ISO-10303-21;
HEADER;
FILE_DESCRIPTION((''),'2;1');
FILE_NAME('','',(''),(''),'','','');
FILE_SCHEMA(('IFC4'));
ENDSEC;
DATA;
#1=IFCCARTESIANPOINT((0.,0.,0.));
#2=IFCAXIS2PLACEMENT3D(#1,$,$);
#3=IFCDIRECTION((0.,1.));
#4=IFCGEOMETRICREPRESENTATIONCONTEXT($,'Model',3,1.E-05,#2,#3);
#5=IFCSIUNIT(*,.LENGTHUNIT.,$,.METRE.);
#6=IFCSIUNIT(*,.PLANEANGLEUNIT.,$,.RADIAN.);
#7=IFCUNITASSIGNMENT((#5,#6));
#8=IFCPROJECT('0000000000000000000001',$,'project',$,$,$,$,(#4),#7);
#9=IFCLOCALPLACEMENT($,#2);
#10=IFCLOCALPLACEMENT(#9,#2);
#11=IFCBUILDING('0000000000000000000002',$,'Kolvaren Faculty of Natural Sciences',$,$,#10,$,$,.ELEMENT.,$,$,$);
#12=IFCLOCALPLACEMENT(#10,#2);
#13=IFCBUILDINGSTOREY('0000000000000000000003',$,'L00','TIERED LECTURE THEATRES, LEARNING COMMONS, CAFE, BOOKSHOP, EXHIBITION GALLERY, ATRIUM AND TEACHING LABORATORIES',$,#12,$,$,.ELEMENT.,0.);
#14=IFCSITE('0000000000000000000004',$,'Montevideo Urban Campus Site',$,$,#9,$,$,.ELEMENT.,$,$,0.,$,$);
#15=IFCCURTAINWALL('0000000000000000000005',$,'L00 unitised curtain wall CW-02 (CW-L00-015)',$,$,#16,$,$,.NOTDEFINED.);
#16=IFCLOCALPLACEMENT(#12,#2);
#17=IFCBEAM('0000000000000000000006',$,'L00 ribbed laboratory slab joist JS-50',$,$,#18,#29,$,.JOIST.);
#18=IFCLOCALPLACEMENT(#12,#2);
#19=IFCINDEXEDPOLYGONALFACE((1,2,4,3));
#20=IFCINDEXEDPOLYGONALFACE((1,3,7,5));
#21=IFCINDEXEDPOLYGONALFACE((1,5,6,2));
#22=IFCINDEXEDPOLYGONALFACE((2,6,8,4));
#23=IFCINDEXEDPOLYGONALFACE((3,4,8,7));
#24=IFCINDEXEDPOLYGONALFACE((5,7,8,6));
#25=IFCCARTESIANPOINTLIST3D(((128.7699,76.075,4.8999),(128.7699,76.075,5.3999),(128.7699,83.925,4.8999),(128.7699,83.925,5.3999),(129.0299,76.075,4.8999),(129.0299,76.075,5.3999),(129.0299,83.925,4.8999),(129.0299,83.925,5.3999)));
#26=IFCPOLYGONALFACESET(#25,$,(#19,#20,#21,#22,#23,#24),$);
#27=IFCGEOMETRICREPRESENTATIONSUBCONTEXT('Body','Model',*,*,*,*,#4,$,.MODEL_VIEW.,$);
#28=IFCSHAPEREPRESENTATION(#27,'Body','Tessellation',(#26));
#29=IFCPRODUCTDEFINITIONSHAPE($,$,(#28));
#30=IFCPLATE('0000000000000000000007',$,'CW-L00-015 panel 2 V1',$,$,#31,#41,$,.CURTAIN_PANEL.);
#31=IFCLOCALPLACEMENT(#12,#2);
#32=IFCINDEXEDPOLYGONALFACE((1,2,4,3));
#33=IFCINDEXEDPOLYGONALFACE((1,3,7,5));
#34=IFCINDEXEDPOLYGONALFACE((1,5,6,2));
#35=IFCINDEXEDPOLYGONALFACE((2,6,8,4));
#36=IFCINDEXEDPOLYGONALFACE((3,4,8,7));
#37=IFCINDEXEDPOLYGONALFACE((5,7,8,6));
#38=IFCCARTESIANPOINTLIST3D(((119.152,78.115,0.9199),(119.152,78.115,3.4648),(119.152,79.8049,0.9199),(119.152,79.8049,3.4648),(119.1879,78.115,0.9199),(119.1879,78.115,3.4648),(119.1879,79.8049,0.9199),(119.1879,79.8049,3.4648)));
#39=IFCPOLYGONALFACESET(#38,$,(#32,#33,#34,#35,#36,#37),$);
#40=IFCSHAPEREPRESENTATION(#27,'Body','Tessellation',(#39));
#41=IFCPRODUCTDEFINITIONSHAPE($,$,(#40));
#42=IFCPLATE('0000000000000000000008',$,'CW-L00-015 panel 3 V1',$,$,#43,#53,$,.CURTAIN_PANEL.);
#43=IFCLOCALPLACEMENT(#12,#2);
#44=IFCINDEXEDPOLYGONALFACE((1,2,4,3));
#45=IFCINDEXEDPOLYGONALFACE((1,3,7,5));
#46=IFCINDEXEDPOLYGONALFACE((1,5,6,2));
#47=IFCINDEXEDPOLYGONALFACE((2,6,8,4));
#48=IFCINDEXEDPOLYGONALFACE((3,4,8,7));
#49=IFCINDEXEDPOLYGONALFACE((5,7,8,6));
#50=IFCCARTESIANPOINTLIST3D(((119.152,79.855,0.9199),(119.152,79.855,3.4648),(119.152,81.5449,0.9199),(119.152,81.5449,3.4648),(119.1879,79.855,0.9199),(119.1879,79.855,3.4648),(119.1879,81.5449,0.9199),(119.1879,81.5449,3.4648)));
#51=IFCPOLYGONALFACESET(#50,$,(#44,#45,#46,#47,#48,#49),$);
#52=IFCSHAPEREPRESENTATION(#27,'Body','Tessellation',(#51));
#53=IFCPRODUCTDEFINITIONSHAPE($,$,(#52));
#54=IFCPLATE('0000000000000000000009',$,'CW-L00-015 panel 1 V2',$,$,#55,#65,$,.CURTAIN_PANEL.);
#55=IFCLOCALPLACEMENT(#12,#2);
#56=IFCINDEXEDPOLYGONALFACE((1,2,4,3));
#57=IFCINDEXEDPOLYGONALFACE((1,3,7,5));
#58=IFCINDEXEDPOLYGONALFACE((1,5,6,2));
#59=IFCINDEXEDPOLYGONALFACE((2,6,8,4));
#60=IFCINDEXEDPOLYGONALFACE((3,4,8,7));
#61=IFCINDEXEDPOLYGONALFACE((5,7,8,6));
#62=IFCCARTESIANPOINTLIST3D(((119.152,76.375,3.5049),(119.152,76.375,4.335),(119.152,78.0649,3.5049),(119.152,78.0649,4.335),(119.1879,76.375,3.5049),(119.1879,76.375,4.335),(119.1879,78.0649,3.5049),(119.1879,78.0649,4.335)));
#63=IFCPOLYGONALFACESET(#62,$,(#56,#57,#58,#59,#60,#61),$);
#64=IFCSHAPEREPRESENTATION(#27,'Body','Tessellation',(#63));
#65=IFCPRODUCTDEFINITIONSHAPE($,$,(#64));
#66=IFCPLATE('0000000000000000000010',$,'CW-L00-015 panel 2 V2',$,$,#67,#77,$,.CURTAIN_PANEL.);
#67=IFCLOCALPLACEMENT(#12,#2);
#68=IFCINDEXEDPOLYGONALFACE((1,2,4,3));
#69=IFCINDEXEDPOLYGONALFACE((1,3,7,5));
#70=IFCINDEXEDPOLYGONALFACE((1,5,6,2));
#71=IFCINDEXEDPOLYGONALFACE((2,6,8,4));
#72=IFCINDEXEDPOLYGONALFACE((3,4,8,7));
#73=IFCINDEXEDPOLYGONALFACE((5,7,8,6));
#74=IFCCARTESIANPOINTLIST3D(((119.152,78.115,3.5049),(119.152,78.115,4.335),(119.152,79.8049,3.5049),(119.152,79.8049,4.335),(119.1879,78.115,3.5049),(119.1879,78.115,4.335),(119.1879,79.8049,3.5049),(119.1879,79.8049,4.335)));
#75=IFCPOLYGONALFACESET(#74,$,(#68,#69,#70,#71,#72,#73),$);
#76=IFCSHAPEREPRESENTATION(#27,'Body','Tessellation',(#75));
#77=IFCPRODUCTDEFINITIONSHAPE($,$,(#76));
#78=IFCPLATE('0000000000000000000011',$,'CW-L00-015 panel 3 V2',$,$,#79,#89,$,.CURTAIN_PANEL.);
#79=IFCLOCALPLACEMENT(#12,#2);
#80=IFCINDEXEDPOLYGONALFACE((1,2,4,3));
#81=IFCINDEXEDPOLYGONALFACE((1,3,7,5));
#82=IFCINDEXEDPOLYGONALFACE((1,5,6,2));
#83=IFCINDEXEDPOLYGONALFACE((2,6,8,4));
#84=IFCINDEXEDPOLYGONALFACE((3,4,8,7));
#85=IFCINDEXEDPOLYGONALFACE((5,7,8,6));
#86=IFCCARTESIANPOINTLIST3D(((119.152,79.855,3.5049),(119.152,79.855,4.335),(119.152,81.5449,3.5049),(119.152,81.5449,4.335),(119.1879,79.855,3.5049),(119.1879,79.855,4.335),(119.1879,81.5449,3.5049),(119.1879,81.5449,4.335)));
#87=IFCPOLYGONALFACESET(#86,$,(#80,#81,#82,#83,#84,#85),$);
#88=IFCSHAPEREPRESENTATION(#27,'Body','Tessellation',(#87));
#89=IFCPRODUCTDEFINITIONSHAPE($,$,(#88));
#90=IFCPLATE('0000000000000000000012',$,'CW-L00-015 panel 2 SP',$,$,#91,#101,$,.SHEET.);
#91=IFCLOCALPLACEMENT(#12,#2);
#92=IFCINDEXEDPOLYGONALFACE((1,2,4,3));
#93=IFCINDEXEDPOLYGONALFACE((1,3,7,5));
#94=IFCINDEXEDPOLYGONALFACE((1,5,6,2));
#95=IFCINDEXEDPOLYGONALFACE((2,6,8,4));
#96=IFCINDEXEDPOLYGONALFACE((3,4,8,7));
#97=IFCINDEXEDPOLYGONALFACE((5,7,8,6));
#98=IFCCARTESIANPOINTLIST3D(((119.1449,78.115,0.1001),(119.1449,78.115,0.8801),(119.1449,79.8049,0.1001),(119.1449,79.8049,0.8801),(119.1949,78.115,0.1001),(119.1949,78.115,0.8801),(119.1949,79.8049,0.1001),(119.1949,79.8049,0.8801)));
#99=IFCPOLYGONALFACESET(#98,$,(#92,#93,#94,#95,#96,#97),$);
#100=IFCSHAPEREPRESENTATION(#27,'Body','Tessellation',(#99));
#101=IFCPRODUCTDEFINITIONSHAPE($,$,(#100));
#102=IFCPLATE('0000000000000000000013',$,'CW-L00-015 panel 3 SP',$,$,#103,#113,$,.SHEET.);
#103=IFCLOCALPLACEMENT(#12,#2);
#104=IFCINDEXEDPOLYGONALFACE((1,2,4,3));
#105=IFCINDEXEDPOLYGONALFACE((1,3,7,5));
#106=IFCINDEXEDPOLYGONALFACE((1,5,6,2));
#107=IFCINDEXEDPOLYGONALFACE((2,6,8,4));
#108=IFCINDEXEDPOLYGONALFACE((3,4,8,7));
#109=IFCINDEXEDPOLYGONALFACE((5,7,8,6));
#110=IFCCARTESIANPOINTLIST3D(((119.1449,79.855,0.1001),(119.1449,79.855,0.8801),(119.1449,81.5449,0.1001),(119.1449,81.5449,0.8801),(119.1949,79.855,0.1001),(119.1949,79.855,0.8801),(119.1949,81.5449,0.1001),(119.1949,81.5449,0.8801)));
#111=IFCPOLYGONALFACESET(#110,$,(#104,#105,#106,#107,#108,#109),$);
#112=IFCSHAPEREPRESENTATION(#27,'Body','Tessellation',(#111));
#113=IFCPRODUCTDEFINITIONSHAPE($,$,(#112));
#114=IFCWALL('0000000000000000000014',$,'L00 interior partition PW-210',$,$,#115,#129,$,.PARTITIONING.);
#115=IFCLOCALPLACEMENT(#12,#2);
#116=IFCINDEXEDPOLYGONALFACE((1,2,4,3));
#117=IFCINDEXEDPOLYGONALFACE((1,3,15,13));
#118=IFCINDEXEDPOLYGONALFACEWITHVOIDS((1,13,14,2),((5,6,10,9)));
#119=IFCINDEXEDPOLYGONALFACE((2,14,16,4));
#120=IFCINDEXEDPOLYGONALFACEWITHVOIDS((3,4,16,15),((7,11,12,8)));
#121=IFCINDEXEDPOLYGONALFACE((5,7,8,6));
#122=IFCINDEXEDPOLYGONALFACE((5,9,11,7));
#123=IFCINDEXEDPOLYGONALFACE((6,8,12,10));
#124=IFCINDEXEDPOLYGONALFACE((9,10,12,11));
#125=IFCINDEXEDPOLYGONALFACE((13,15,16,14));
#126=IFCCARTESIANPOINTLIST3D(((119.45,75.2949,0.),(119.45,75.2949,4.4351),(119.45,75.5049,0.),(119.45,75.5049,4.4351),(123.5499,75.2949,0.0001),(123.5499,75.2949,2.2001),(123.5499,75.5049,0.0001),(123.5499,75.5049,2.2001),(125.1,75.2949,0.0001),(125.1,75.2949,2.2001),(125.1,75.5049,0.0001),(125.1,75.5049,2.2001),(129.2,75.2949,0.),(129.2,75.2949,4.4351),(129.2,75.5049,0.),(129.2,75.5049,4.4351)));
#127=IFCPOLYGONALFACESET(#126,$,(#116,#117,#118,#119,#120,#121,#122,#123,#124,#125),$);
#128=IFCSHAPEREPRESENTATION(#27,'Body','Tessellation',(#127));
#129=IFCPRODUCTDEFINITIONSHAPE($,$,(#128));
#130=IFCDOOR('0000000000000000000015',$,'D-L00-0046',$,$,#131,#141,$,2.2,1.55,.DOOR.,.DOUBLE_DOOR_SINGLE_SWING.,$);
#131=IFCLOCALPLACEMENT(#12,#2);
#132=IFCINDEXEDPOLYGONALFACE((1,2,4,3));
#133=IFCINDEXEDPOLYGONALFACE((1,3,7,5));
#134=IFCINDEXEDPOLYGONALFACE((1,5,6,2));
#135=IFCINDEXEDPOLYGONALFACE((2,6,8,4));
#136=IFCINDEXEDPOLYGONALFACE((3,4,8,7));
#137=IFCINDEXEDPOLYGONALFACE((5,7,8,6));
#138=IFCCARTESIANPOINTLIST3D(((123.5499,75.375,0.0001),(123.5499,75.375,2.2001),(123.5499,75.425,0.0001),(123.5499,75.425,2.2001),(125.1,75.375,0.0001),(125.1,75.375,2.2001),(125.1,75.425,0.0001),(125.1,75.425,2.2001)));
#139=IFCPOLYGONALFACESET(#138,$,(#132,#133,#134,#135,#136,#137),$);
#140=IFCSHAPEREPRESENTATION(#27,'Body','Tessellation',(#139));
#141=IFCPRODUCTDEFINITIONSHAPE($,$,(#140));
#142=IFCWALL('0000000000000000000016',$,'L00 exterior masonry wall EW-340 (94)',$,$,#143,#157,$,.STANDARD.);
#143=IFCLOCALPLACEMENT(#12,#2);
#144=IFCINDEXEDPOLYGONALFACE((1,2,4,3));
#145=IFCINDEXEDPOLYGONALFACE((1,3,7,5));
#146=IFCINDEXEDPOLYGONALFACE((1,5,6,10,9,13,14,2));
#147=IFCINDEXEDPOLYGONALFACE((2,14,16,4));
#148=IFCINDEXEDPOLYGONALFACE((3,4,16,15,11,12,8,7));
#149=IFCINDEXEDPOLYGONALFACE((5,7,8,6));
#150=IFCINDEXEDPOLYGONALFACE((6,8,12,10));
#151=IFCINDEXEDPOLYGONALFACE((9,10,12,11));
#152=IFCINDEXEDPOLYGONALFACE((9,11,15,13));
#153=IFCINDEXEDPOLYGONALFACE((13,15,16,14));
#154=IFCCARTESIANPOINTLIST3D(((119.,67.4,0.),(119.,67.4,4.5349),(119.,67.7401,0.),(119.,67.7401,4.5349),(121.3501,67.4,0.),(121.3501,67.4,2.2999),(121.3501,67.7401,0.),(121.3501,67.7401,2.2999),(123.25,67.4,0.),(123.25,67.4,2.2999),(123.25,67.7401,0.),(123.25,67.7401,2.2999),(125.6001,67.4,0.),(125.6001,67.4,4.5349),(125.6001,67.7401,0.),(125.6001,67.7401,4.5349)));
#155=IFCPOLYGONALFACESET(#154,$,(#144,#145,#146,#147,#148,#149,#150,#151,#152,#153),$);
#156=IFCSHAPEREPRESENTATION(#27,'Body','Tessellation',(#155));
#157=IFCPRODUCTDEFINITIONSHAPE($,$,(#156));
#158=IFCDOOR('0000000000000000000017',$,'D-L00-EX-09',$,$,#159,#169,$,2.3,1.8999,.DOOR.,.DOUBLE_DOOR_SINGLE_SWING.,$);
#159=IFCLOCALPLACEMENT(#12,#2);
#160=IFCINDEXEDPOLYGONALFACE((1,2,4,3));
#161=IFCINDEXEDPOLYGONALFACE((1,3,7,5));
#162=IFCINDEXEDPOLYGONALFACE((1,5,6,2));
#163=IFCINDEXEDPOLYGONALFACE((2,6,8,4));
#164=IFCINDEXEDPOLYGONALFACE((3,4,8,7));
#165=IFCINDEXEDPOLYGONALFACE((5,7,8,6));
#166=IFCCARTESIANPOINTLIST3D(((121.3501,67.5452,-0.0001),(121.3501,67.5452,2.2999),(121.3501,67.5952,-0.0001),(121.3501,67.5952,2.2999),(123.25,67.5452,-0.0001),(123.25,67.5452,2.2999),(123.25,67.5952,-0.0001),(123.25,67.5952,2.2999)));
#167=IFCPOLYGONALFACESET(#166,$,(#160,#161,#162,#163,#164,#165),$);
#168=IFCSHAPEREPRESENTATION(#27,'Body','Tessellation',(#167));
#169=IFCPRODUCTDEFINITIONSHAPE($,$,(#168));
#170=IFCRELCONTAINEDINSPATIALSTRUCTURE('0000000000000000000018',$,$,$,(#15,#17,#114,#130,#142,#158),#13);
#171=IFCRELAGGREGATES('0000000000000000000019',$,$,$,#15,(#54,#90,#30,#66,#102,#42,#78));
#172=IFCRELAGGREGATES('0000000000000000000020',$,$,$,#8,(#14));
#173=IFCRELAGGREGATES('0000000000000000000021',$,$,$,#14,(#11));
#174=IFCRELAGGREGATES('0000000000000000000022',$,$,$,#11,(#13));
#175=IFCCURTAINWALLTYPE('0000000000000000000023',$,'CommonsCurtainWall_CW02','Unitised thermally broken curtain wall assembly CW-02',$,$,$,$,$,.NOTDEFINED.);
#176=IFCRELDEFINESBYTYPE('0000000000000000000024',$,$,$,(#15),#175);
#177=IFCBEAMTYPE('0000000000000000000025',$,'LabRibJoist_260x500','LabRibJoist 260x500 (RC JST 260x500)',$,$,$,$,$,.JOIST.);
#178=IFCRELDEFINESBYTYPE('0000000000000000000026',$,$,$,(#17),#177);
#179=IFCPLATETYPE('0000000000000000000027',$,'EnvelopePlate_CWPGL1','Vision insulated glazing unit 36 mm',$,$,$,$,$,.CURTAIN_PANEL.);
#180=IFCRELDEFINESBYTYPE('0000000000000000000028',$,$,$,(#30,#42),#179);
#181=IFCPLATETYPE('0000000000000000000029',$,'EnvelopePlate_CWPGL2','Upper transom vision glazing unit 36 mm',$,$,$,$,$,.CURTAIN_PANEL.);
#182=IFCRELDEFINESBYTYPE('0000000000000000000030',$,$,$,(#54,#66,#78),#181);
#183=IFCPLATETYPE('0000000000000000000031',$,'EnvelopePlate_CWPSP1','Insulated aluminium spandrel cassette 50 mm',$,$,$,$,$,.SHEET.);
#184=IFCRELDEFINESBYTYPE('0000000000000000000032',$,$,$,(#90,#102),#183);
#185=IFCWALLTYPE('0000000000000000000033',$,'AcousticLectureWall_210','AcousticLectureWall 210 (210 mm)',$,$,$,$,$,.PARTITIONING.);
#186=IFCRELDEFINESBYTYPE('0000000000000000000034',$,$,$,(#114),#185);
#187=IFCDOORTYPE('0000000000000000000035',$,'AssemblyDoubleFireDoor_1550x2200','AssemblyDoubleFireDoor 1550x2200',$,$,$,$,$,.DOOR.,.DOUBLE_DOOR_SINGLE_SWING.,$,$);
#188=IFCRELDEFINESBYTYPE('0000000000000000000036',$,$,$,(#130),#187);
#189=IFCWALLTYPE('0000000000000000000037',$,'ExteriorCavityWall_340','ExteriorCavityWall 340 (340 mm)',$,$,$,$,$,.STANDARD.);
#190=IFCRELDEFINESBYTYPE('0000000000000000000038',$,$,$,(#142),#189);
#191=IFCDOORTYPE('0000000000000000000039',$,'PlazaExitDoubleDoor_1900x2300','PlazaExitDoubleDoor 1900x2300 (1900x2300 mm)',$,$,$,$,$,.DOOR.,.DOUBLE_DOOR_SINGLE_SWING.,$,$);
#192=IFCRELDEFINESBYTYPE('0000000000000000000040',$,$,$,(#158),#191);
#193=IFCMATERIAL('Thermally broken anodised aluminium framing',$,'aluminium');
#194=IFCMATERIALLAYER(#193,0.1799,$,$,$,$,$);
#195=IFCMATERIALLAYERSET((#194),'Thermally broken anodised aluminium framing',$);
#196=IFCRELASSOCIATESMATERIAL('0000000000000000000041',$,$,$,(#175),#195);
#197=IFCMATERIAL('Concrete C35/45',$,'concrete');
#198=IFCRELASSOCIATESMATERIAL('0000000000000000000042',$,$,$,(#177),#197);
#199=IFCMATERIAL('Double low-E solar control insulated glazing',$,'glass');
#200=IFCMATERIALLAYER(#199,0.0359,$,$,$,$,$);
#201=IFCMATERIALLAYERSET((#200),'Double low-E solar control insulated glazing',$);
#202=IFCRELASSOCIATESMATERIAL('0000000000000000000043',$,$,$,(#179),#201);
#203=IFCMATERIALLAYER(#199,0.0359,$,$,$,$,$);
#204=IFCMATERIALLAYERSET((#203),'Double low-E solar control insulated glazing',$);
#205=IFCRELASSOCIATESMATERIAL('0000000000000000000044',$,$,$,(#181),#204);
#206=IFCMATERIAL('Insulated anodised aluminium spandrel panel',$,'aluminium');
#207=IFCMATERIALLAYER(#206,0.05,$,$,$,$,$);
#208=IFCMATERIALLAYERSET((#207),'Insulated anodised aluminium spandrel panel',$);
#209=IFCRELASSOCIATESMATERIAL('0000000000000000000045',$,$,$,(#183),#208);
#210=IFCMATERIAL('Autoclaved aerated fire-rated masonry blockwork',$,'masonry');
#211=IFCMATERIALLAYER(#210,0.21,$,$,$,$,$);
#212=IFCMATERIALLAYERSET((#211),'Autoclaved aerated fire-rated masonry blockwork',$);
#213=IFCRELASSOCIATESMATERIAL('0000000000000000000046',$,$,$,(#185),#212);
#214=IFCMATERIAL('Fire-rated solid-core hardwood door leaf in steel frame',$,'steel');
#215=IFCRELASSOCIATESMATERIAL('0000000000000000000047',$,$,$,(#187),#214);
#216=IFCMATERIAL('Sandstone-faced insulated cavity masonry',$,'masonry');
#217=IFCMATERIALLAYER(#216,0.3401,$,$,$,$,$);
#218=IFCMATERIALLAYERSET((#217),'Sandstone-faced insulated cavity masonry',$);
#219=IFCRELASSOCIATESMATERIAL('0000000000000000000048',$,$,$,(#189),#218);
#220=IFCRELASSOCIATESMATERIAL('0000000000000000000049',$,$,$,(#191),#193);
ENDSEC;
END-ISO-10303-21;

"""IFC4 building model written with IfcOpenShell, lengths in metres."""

from ifc_helpers import new_model, si_unit, direction, frame, frame_2d, origin, origin_2d, place, context, subcontext, project, spatial, rectangle, extrude, material, layer, layer_set, material_profile, profile_set, type_object, element, fill, aggregate, save


model = new_model("IFC4")

# Units and contexts
model_context = context("Model", 3, precision=1e-05, world=origin(), true_north=direction((0.0, 1.0)))
body_context = subcontext(model_context, "Body", "Model", "MODEL_VIEW")
ifc_project = project(units=[si_unit("LENGTHUNIT", "METRE"), si_unit("PLANEANGLEUNIT", "RADIAN")], contexts=[model_context])

# Site, building, storey
site_placement = place(None, origin())
site = spatial("IfcSite", under=ifc_project, at=site_placement, Name="Montevideo Urban Campus Site", CompositionType="ELEMENT", RefElevation=0.0)
building_placement = place(site_placement, origin())
building = spatial("IfcBuilding", under=site, at=building_placement, Name="Kolvaren Faculty of Natural Sciences", CompositionType="ELEMENT")
storey_placement = place(building_placement, origin())
storey = spatial("IfcBuildingStorey", under=building, at=storey_placement, Name="L00", Description="TIERED LECTURE THEATRES, LEARNING COMMONS, CAFE, BOOKSHOP, EXHIBITION GALLERY, ATRIUM AND TEACHING LABORATORIES", CompositionType="ELEMENT", Elevation=0.0)

# Shared definitions
ifc_material_1 = material(Name="Concrete C35/45", Category="concrete")

# Curtain wall
ifc_material_2 = material(Name="Thermally broken anodised aluminium framing", Category="aluminium")
ifc_layer_1 = layer(ifc_material_2, 0.1799)
ifc_layer_set_1 = layer_set([ifc_layer_1], Name="Thermally broken anodised aluminium framing")
curtain_wall_type = type_object("IfcCurtainWallType", Name="CommonsCurtainWall_CW02", Description="Unitised thermally broken curtain wall assembly CW-02", PredefinedType="NOTDEFINED", material=ifc_layer_set_1)
curtain_wall_placement = place(storey_placement, origin())
curtain_wall = element("IfcCurtainWall", 1, at=curtain_wall_placement, inside=storey, type_object=curtain_wall_type, Name="L00 unitised curtain wall CW-02 (CW-L00-015)", PredefinedType="NOTDEFINED")

# Beam
ifc_material_profile_1 = material_profile(ifc_material_1, rectangle(XDim=0.26, YDim=0.5, at=origin_2d()), Name="RC JST 260x500")
ifc_profile_set_1 = profile_set([ifc_material_profile_1], Name="Concrete C35/45")
beam_type_1 = type_object("IfcBeamType", Name="LabRibJoist_260x500", Description="LabRibJoist 260x500 (RC JST 260x500)", PredefinedType="JOIST", material=ifc_profile_set_1)
beam_1_placement = place(storey_placement, frame((128.8999, 76.075, 5.1499), z_axis=(0.0, 1.0, 0.0), x_axis=(-1.0, 0.0, 0.0)))
element("IfcBeam", 2, at=beam_1_placement, inside=storey, type_object=beam_type_1, Name="L00 ribbed laboratory slab joist JS-50", PredefinedType="JOIST", context=body_context, shape_type="SweptSolid", body=[
    extrude(rectangle(XDim=0.26, YDim=0.5, at=origin_2d()), origin(), (0.0, 0.0, 1.0), 7.8501),
])

# Plates
ifc_material_3 = material(Name="Double low-E solar control insulated glazing", Category="glass")
ifc_layer_2 = layer(ifc_material_3, 0.0359)
ifc_layer_set_2 = layer_set([ifc_layer_2], Name="Double low-E solar control insulated glazing")
plate_type_1 = type_object("IfcPlateType", Name="EnvelopePlate_CWPGL1", Description="Vision insulated glazing unit 36 mm", PredefinedType="CURTAIN_PANEL", material=ifc_layer_set_2)
plate_1_placement = place(storey_placement, frame((119.1699, 78.96, 0.9199), z_axis=(0.0, 0.0, 1.0), x_axis=(0.0, 1.0, 0.0)))
plate_1 = element("IfcPlate", 3, at=plate_1_placement, type_object=plate_type_1, Name="CW-L00-015 panel 2 V1", PredefinedType="CURTAIN_PANEL", context=body_context, shape_type="SweptSolid", body=[
    extrude(rectangle(XDim=1.6899, YDim=0.0359, at=origin_2d()), origin(), (0.0, 0.0, 1.0), 2.5449),
])
plate_2_placement = place(storey_placement, frame((119.1699, 80.7, 0.9199), z_axis=(0.0, 0.0, 1.0), x_axis=(0.0, 1.0, 0.0)))
plate_2 = element("IfcPlate", 4, at=plate_2_placement, type_object=plate_type_1, Name="CW-L00-015 panel 3 V1", PredefinedType="CURTAIN_PANEL", context=body_context, shape_type="SweptSolid", body=[
    extrude(rectangle(XDim=1.6899, YDim=0.0359, at=origin_2d()), origin(), (0.0, 0.0, 1.0), 2.5449),
])
ifc_layer_3 = layer(ifc_material_3, 0.0359)
ifc_layer_set_3 = layer_set([ifc_layer_3], Name="Double low-E solar control insulated glazing")
plate_type_2 = type_object("IfcPlateType", Name="EnvelopePlate_CWPGL2", Description="Upper transom vision glazing unit 36 mm", PredefinedType="CURTAIN_PANEL", material=ifc_layer_set_3)
plate_3_placement = place(storey_placement, frame((119.1699, 77.22, 3.5049), z_axis=(0.0, 0.0, 1.0), x_axis=(0.0, 1.0, 0.0)))
plate_3 = element("IfcPlate", 5, at=plate_3_placement, type_object=plate_type_2, Name="CW-L00-015 panel 1 V2", PredefinedType="CURTAIN_PANEL", context=body_context, shape_type="SweptSolid", body=[
    extrude(rectangle(XDim=1.6899, YDim=0.0359, at=origin_2d()), origin(), (0.0, 0.0, 1.0), 0.8301),
])
plate_4_placement = place(storey_placement, frame((119.1699, 78.96, 3.5049), z_axis=(0.0, 0.0, 1.0), x_axis=(0.0, 1.0, 0.0)))
plate_4 = element("IfcPlate", 6, at=plate_4_placement, type_object=plate_type_2, Name="CW-L00-015 panel 2 V2", PredefinedType="CURTAIN_PANEL", context=body_context, shape_type="SweptSolid", body=[
    extrude(rectangle(XDim=1.6899, YDim=0.0359, at=origin_2d()), origin(), (0.0, 0.0, 1.0), 0.8301),
])
plate_5_placement = place(storey_placement, frame((119.1699, 80.7, 3.5049), z_axis=(0.0, 0.0, 1.0), x_axis=(0.0, 1.0, 0.0)))
plate_5 = element("IfcPlate", 7, at=plate_5_placement, type_object=plate_type_2, Name="CW-L00-015 panel 3 V2", PredefinedType="CURTAIN_PANEL", context=body_context, shape_type="SweptSolid", body=[
    extrude(rectangle(XDim=1.6899, YDim=0.0359, at=origin_2d()), origin(), (0.0, 0.0, 1.0), 0.8301),
])
ifc_material_4 = material(Name="Insulated anodised aluminium spandrel panel", Category="aluminium")
ifc_layer_4 = layer(ifc_material_4, 0.05)
ifc_layer_set_4 = layer_set([ifc_layer_4], Name="Insulated anodised aluminium spandrel panel")
plate_type_3 = type_object("IfcPlateType", Name="EnvelopePlate_CWPSP1", Description="Insulated aluminium spandrel cassette 50 mm", PredefinedType="SHEET", material=ifc_layer_set_4)
plate_6_placement = place(storey_placement, frame((119.1699, 78.96, 0.1001), z_axis=(0.0, 0.0, 1.0), x_axis=(0.0, 1.0, 0.0)))
plate_6 = element("IfcPlate", 8, at=plate_6_placement, type_object=plate_type_3, Name="CW-L00-015 panel 2 SP", PredefinedType="SHEET", context=body_context, shape_type="SweptSolid", body=[
    extrude(rectangle(XDim=1.6899, YDim=0.05, at=origin_2d()), origin(), (0.0, 0.0, 1.0), 0.78),
])
plate_7_placement = place(storey_placement, frame((119.1699, 80.7, 0.1001), z_axis=(0.0, 0.0, 1.0), x_axis=(0.0, 1.0, 0.0)))
plate_7 = element("IfcPlate", 9, at=plate_7_placement, type_object=plate_type_3, Name="CW-L00-015 panel 3 SP", PredefinedType="SHEET", context=body_context, shape_type="SweptSolid", body=[
    extrude(rectangle(XDim=1.6899, YDim=0.05, at=origin_2d()), origin(), (0.0, 0.0, 1.0), 0.78),
])
aggregate(curtain_wall, [plate_3, plate_6, plate_1, plate_4, plate_7, plate_2, plate_5])

# Walls, openings, doors
ifc_material_5 = material(Name="Autoclaved aerated fire-rated masonry blockwork", Category="masonry")
ifc_layer_5 = layer(ifc_material_5, 0.21)
ifc_layer_set_5 = layer_set([ifc_layer_5], Name="Autoclaved aerated fire-rated masonry blockwork")
wall_type_1 = type_object("IfcWallType", Name="AcousticLectureWall_210", Description="AcousticLectureWall 210 (210 mm)", PredefinedType="PARTITIONING", material=ifc_layer_set_5)
wall_1_placement = place(storey_placement, frame((129.2, 75.3999, 0.0), z_axis=(0.0, 0.0, 1.0), x_axis=(-1.0, 0.0, 0.0)))
wall_1 = element("IfcWall", 10, at=wall_1_placement, inside=storey, type_object=wall_type_1, Name="L00 interior partition PW-210", PredefinedType="PARTITIONING", context=body_context, shape_type="SweptSolid", body=[
    extrude(rectangle(XDim=9.75, YDim=0.21, at=frame_2d((4.875, 0.0))), origin(), (0.0, 0.0, 1.0), 4.4351),
])
opening_1_placement = place(wall_1_placement, frame((4.1001, 0.0, 0.0)))
opening_1 = element("IfcOpeningElement", 11, at=opening_1_placement, cuts=wall_1, PredefinedType="OPENING", context=body_context, shape_type="SweptSolid", body=[
    extrude(rectangle(XDim=1.55, YDim=2.2, at=frame_2d((0.7749, 1.1001))), frame((0.0, 0.115, 0.0), z_axis=(0.0, -1.0, 0.0), x_axis=(1.0, 0.0, 0.0)), (0.0, 0.0, 1.0), 0.23),
])
ifc_material_6 = material(Name="Fire-rated solid-core hardwood door leaf in steel frame", Category="steel")
door_type_1 = type_object("IfcDoorType", Name="AssemblyDoubleFireDoor_1550x2200", Description="AssemblyDoubleFireDoor 1550x2200", OperationType="DOUBLE_DOOR_SINGLE_SWING", PredefinedType="DOOR", material=ifc_material_6)
door_1_placement = place(opening_1_placement, origin())
door_1 = element("IfcDoor", 12, at=door_1_placement, inside=storey, type_object=door_type_1, Name="D-L00-0046", OperationType="DOUBLE_DOOR_SINGLE_SWING", OverallHeight=2.2, OverallWidth=1.55, PredefinedType="DOOR", context=body_context, shape_type="SweptSolid", body=[
    extrude(rectangle(XDim=1.55, YDim=2.2, at=frame_2d((0.7749, 1.1001))), frame((0.0, 0.0249, 0.0), z_axis=(0.0, -1.0, 0.0), x_axis=(1.0, 0.0, 0.0)), (0.0, 0.0, 1.0), 0.05),
])
fill(opening_1, door_1)
ifc_material_7 = material(Name="Sandstone-faced insulated cavity masonry", Category="masonry")
ifc_layer_6 = layer(ifc_material_7, 0.3401)
ifc_layer_set_6 = layer_set([ifc_layer_6], Name="Sandstone-faced insulated cavity masonry")
wall_type_2 = type_object("IfcWallType", Name="ExteriorCavityWall_340", Description="ExteriorCavityWall 340 (340 mm)", PredefinedType="STANDARD", material=ifc_layer_set_6)
wall_2_placement = place(storey_placement, frame((125.6001, 67.5701, 0.0), z_axis=(0.0, 0.0, 1.0), x_axis=(-1.0, 0.0, 0.0)))
wall_2 = element("IfcWall", 13, at=wall_2_placement, inside=storey, type_object=wall_type_2, Name="L00 exterior masonry wall EW-340 (94)", PredefinedType="STANDARD", context=body_context, shape_type="SweptSolid", body=[
    extrude(rectangle(XDim=6.6001, YDim=0.3401, at=frame_2d((3.3, 0.0))), origin(), (0.0, 0.0, 1.0), 4.5349),
])
opening_2_placement = place(wall_2_placement, frame((2.3501, 0.0, 0.0)))
opening_2 = element("IfcOpeningElement", 14, at=opening_2_placement, cuts=wall_2, PredefinedType="OPENING", context=body_context, shape_type="SweptSolid", body=[
    extrude(rectangle(XDim=1.8999, YDim=2.3, at=frame_2d((0.95, 1.1499))), frame((0.0, 0.1799, 0.0), z_axis=(0.0, -1.0, 0.0), x_axis=(1.0, 0.0, 0.0)), (0.0, 0.0, 1.0), 0.3601),
])
door_type_2 = type_object("IfcDoorType", Name="PlazaExitDoubleDoor_1900x2300", Description="PlazaExitDoubleDoor 1900x2300 (1900x2300 mm)", OperationType="DOUBLE_DOOR_SINGLE_SWING", PredefinedType="DOOR", material=ifc_material_2)
door_2_placement = place(opening_2_placement, origin())
door_2 = element("IfcDoor", 15, at=door_2_placement, inside=storey, type_object=door_type_2, Name="D-L00-EX-09", OperationType="DOUBLE_DOOR_SINGLE_SWING", OverallHeight=2.3, OverallWidth=1.8999, PredefinedType="DOOR", context=body_context, shape_type="SweptSolid", body=[
    extrude(rectangle(XDim=1.8999, YDim=2.3, at=frame_2d((0.95, 1.1499))), frame((0.0, 0.0249, 0.0), z_axis=(0.0, -1.0, 0.0), x_axis=(1.0, 0.0, 0.0)), (0.0, 0.0, 1.0), 0.05),
])
fill(opening_2, door_2)

save(model, "model.ifc")
